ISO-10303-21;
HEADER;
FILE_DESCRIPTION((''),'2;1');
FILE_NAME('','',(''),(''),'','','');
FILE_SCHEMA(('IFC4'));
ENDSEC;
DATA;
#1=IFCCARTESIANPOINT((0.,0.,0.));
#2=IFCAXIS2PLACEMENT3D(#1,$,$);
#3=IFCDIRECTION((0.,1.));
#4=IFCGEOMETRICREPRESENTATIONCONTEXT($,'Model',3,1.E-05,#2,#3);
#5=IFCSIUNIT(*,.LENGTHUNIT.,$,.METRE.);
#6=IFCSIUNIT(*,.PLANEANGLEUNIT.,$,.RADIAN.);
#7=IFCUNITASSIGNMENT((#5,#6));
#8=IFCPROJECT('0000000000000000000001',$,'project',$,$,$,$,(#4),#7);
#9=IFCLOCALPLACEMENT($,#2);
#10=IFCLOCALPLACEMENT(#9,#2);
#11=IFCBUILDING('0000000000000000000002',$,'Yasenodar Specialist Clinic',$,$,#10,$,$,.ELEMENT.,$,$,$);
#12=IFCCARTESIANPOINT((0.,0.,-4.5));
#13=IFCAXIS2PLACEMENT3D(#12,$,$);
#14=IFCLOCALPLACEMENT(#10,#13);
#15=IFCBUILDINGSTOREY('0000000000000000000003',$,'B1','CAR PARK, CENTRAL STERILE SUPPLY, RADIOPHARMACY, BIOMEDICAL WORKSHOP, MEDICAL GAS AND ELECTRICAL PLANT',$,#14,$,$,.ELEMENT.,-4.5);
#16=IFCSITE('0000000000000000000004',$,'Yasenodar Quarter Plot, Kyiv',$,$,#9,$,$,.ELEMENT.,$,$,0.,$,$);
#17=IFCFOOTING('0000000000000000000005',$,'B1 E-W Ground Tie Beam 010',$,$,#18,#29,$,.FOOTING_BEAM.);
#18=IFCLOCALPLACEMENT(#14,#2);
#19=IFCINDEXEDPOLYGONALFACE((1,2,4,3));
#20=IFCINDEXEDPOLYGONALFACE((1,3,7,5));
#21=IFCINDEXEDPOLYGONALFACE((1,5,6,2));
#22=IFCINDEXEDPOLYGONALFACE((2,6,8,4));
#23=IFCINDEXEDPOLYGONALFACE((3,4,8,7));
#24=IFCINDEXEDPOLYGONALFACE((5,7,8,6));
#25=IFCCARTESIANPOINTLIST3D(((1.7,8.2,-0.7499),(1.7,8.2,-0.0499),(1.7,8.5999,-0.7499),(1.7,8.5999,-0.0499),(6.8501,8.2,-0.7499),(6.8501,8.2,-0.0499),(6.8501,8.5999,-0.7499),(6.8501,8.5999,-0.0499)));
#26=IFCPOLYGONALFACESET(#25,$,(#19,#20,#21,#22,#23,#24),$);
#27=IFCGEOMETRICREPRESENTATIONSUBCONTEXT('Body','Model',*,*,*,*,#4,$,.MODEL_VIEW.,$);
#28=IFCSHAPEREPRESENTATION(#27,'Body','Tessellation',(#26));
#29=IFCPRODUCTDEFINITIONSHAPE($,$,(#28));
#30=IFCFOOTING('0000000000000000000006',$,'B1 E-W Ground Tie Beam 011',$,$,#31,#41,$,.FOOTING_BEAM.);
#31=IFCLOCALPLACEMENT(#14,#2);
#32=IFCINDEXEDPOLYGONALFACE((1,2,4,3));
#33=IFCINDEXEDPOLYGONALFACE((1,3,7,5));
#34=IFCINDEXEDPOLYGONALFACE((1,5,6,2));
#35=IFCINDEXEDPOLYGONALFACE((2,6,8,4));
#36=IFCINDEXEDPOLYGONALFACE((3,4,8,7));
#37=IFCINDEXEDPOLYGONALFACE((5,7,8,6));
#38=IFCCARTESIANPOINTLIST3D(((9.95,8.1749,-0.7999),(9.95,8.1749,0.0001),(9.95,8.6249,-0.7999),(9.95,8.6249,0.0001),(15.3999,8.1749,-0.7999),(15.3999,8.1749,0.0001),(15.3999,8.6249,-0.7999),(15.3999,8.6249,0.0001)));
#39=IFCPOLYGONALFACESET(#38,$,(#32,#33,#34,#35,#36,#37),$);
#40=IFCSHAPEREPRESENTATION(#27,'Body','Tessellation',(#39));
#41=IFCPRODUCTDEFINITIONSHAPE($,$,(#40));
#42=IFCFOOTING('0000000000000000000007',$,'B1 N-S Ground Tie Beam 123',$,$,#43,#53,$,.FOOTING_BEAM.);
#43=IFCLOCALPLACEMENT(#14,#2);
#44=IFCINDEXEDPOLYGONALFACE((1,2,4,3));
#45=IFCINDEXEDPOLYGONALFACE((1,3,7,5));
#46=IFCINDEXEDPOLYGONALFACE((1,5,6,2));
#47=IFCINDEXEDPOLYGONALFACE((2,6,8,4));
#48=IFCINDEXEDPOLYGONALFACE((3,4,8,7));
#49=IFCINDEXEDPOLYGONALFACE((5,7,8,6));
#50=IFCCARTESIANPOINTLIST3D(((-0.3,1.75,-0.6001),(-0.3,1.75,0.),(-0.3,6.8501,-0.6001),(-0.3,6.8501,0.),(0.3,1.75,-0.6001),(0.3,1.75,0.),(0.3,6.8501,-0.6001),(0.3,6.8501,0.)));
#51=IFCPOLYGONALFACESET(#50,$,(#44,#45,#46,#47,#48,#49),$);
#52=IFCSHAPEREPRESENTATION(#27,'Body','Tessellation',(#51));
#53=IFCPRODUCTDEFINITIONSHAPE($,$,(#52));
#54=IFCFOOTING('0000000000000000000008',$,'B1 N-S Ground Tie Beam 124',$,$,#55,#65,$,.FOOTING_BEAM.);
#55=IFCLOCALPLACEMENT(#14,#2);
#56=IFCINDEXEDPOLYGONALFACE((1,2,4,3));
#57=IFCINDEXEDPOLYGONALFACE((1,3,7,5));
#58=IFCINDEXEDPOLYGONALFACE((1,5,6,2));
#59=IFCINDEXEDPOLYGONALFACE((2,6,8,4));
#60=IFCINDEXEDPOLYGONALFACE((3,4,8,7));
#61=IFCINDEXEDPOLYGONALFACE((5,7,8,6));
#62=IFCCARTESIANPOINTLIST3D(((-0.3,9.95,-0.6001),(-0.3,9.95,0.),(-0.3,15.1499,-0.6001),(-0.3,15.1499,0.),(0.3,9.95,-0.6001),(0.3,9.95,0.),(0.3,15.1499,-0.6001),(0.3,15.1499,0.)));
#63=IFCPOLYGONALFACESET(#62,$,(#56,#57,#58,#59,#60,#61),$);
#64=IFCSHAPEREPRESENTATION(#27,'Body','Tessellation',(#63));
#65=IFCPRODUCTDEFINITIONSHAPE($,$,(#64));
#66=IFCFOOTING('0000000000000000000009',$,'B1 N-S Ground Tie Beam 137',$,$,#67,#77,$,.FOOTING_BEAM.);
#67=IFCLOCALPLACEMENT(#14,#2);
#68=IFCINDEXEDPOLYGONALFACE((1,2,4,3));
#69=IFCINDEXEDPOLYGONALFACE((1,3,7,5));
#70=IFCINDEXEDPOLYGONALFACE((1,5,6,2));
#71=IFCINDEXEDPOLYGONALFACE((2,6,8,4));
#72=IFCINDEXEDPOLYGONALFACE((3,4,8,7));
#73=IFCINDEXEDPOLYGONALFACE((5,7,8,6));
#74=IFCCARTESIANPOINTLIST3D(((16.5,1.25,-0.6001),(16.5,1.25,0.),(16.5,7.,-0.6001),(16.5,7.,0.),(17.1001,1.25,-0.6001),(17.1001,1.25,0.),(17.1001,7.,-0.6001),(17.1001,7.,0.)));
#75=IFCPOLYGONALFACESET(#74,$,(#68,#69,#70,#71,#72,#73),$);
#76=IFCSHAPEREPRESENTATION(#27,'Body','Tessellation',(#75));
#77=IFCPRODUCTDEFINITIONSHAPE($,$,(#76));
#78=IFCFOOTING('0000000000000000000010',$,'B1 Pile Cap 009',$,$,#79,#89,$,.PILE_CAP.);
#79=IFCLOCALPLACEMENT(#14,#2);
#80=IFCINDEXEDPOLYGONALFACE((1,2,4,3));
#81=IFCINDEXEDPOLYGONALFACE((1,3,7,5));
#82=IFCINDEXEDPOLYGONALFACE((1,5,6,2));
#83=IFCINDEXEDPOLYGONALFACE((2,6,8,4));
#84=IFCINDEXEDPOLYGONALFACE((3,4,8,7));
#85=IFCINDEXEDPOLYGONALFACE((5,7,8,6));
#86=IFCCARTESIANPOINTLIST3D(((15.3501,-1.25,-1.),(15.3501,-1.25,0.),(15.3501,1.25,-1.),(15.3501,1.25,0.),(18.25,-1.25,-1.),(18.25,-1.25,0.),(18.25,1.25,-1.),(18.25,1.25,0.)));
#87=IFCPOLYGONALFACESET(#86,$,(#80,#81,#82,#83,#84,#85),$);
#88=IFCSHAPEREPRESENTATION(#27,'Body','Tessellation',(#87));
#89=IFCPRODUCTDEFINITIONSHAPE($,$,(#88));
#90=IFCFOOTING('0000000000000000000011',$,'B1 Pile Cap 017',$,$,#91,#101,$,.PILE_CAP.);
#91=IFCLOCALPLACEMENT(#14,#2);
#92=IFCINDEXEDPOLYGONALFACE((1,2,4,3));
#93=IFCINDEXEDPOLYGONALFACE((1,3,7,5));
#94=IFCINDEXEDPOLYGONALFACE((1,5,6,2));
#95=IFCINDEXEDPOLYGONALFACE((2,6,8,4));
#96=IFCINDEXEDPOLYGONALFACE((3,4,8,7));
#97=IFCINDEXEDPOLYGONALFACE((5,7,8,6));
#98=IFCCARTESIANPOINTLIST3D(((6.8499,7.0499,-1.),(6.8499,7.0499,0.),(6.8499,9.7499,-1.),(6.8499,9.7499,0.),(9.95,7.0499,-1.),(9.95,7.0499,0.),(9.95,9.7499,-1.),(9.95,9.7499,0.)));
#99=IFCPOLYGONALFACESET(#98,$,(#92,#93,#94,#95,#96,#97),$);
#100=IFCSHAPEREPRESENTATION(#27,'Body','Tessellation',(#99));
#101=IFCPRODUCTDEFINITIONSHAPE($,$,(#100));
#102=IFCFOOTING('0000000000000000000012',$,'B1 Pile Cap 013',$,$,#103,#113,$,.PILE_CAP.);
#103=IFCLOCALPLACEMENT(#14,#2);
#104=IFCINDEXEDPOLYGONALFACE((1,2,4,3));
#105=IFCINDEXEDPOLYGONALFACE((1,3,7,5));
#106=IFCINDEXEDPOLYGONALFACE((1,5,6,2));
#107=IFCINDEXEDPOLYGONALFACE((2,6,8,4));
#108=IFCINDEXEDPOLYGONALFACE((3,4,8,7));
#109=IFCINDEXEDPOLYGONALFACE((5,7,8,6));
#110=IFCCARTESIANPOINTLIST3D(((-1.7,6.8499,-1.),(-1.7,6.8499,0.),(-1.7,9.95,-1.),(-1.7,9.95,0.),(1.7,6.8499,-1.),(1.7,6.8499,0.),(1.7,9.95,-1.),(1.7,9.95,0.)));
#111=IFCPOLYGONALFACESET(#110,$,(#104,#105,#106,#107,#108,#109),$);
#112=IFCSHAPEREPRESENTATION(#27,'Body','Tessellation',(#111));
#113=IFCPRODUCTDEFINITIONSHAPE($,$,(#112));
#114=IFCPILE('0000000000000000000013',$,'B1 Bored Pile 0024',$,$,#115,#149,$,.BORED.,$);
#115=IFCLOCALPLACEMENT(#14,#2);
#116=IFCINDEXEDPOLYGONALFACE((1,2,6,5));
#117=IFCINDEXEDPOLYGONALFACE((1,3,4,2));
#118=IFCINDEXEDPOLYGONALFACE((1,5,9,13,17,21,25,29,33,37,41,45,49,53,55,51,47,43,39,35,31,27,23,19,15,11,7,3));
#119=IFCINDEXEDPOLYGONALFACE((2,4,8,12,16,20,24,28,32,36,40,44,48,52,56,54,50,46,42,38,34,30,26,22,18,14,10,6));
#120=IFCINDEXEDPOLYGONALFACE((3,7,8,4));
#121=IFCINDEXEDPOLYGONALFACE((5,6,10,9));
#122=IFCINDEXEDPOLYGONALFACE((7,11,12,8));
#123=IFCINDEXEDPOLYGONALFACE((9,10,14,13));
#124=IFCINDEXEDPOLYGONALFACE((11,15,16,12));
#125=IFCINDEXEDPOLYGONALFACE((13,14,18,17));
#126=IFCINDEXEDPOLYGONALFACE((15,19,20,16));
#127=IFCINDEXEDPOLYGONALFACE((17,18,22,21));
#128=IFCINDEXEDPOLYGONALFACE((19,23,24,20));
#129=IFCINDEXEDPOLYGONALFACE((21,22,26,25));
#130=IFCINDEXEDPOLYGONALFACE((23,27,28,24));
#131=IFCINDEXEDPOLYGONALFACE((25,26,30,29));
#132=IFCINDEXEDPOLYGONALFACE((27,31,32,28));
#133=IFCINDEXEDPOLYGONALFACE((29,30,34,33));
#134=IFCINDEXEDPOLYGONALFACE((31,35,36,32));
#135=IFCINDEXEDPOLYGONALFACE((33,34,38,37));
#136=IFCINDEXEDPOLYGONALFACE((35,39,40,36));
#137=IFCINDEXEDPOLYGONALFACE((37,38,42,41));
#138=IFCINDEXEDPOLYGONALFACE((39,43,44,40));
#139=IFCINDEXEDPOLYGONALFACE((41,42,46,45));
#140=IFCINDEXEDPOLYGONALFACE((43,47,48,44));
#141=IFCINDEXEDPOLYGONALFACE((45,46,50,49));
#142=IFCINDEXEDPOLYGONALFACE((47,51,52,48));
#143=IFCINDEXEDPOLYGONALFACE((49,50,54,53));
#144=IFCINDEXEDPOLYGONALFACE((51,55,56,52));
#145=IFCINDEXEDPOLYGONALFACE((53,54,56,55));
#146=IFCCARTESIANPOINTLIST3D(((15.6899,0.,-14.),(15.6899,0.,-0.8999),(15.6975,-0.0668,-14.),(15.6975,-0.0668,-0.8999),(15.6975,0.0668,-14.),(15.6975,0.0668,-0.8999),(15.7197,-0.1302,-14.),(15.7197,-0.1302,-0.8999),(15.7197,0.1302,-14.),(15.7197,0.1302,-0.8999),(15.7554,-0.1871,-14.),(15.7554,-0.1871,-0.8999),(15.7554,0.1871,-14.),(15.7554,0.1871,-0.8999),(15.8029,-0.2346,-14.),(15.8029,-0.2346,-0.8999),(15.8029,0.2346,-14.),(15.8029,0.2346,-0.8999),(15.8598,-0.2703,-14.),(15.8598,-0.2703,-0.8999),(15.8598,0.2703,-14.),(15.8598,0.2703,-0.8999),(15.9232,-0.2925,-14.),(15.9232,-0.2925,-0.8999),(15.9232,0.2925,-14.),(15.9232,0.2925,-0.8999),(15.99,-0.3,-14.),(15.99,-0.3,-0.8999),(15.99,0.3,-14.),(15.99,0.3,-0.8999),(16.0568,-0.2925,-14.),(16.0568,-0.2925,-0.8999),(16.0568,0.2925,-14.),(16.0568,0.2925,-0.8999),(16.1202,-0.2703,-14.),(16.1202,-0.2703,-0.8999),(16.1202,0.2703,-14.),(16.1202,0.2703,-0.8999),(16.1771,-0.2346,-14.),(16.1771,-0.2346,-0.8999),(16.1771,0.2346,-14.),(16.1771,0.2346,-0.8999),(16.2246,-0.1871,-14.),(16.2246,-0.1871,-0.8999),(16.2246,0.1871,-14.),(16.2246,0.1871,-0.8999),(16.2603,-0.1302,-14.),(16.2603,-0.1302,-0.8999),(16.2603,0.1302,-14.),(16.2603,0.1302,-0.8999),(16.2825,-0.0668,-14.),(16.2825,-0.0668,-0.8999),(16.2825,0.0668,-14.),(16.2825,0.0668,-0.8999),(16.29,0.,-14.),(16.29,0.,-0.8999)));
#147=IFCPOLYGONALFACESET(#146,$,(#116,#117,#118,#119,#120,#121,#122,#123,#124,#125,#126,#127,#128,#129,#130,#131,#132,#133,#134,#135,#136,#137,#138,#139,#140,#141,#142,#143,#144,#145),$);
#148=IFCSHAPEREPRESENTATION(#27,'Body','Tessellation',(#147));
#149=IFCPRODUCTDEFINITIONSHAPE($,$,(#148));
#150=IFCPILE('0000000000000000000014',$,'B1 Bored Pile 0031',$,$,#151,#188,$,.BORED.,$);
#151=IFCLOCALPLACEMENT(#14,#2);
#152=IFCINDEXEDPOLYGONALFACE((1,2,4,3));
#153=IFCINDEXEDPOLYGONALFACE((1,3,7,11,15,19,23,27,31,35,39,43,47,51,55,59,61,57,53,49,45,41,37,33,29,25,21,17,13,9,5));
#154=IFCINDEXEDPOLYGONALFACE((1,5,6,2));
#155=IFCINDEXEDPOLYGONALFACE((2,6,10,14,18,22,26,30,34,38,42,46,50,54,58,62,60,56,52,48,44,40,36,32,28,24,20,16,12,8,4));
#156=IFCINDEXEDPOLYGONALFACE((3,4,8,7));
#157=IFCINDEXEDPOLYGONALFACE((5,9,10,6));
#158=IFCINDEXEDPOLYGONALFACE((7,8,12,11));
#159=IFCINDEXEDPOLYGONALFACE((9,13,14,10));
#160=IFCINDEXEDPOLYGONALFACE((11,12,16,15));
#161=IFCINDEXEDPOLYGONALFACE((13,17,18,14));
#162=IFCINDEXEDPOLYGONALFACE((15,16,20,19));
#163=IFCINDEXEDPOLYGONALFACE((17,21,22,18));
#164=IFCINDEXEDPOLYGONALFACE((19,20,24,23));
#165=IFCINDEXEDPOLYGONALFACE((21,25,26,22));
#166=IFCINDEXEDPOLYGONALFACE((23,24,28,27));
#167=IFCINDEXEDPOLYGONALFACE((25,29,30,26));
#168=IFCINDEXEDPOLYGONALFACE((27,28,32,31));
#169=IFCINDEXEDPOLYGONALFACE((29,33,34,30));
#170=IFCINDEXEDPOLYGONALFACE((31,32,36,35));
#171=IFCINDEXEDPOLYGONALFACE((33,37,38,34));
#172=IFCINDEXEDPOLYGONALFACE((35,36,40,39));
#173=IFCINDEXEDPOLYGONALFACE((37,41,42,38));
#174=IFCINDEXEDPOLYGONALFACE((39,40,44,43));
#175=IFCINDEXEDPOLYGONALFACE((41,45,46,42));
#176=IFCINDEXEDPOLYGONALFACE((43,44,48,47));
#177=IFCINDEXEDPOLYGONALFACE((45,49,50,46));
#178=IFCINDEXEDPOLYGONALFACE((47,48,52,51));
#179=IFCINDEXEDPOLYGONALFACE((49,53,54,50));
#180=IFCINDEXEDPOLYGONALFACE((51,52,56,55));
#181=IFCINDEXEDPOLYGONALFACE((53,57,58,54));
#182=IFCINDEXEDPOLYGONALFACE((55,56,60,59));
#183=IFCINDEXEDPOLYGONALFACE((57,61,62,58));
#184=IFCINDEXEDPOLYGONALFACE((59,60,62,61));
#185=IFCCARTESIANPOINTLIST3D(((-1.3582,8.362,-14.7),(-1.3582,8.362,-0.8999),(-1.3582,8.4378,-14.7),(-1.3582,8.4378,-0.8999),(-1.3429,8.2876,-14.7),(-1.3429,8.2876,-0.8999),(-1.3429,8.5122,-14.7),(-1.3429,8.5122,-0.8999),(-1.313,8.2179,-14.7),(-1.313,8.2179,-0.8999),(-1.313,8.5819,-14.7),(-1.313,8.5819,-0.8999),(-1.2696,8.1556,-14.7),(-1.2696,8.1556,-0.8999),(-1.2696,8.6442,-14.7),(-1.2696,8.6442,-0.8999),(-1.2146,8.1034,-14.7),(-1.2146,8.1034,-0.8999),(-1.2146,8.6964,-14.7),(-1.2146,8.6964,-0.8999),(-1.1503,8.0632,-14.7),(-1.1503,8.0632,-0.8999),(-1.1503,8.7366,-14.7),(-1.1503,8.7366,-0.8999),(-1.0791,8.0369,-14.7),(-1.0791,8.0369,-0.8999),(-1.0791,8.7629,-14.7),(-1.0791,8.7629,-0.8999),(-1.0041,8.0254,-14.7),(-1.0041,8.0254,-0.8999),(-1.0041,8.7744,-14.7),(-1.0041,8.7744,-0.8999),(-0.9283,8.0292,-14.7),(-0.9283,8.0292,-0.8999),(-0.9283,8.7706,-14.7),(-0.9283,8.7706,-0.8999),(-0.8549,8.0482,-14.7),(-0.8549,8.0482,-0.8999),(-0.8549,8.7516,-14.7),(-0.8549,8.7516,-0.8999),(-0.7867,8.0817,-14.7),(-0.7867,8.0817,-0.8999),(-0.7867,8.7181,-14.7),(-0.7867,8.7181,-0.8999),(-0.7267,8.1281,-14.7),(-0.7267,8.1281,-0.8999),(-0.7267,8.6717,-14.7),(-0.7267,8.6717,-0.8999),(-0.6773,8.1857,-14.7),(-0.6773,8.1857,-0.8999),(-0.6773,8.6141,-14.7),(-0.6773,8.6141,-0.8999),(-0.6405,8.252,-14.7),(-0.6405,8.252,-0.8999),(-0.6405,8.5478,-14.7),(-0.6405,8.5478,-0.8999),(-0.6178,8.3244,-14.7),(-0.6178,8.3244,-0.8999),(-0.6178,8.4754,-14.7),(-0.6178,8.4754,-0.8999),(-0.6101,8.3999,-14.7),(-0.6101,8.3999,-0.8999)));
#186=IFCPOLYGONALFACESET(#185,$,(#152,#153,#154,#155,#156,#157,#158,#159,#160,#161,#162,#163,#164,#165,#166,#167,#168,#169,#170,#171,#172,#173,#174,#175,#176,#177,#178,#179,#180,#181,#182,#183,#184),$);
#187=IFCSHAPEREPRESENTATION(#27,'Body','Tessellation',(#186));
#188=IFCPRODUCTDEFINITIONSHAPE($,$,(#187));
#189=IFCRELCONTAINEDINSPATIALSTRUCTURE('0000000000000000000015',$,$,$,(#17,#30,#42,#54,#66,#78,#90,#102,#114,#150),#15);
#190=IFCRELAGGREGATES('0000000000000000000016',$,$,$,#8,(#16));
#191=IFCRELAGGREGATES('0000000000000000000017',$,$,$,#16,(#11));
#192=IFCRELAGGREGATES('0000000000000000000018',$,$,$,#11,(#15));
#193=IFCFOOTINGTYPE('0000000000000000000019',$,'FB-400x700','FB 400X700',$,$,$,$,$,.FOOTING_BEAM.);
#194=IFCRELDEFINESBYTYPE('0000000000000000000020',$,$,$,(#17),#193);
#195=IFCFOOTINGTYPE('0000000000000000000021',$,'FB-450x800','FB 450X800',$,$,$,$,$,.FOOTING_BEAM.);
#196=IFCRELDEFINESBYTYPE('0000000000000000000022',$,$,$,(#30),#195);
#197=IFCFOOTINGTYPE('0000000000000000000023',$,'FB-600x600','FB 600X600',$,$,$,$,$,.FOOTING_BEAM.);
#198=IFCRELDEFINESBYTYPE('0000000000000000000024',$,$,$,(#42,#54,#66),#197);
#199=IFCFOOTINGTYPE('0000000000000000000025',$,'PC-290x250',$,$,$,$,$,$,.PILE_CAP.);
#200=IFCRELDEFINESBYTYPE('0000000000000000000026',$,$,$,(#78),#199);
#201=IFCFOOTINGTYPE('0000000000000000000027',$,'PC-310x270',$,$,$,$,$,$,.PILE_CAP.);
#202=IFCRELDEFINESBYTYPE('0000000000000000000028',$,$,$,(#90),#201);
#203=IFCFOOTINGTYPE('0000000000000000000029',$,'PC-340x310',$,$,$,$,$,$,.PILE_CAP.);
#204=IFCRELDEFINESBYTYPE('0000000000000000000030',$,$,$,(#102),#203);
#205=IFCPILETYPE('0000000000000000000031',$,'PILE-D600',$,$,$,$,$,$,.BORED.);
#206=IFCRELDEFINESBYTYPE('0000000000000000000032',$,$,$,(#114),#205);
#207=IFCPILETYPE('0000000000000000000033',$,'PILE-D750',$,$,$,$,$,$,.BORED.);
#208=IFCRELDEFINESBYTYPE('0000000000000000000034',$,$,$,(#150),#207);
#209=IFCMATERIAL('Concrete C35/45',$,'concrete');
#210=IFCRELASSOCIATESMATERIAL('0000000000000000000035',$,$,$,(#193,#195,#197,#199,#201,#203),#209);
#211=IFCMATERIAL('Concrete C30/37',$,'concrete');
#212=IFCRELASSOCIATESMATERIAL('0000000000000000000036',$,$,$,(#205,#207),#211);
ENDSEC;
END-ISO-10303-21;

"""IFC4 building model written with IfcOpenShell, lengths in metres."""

from ifc_helpers import new_model, si_unit, direction, frame, origin, origin_2d, place, context, subcontext, project, spatial, rectangle, circle, extrude, material, material_profile, profile_set, type_object, element, save


model = new_model("IFC4")

# Units and contexts
model_context = context("Model", 3, precision=1e-05, world=origin(), true_north=direction((0.0, 1.0)))
body_context = subcontext(model_context, "Body", "Model", "MODEL_VIEW")
ifc_project = project(units=[si_unit("LENGTHUNIT", "METRE"), si_unit("PLANEANGLEUNIT", "RADIAN")], contexts=[model_context])

# Site, building, storey
site_placement = place(None, origin())
site = spatial("IfcSite", under=ifc_project, at=site_placement, Name="Yasenodar Quarter Plot, Kyiv", CompositionType="ELEMENT", RefElevation=0.0)
building_placement = place(site_placement, origin())
building = spatial("IfcBuilding", under=site, at=building_placement, Name="Yasenodar Specialist Clinic", CompositionType="ELEMENT")
storey_placement = place(building_placement, frame((0.0, 0.0, -4.5)))
storey = spatial("IfcBuildingStorey", under=building, at=storey_placement, Name="B1", Description="CAR PARK, CENTRAL STERILE SUPPLY, RADIOPHARMACY, BIOMEDICAL WORKSHOP, MEDICAL GAS AND ELECTRICAL PLANT", CompositionType="ELEMENT", Elevation=-4.5)

# Footings
ifc_material_1 = material(Name="Concrete C35/45", Category="concrete")
ifc_material_profile_1 = material_profile(ifc_material_1, rectangle(XDim=0.3999, YDim=0.7, at=origin_2d()), Name="RC 400x700")
ifc_profile_set_1 = profile_set([ifc_material_profile_1], Name="Concrete C35/45")
footing_type_1 = type_object("IfcFootingType", Name="FB-400x700", Description="FB 400X700", PredefinedType="FOOTING_BEAM", material=ifc_profile_set_1)
footing_1_placement = place(storey_placement, frame((1.7, 8.3999, -0.3999), z_axis=(1.0, 0.0, 0.0), x_axis=(0.0, 1.0, 0.0)))
element("IfcFooting", 1, at=footing_1_placement, inside=storey, type_object=footing_type_1, Name="B1 E-W Ground Tie Beam 010", PredefinedType="FOOTING_BEAM", context=body_context, shape_type="SweptSolid", body=[
    extrude(rectangle(XDim=0.3999, YDim=0.7, at=origin_2d()), origin(), (0.0, 0.0, 1.0), 5.1501),
])
ifc_material_profile_2 = material_profile(ifc_material_1, rectangle(XDim=0.45, YDim=0.8, at=origin_2d()), Name="RC 450x800")
ifc_profile_set_2 = profile_set([ifc_material_profile_2], Name="Concrete C35/45")
footing_type_2 = type_object("IfcFootingType", Name="FB-450x800", Description="FB 450X800", PredefinedType="FOOTING_BEAM", material=ifc_profile_set_2)
footing_2_placement = place(storey_placement, frame((9.95, 8.3999, -0.3999), z_axis=(1.0, 0.0, 0.0), x_axis=(0.0, 1.0, 0.0)))
element("IfcFooting", 2, at=footing_2_placement, inside=storey, type_object=footing_type_2, Name="B1 E-W Ground Tie Beam 011", PredefinedType="FOOTING_BEAM", context=body_context, shape_type="SweptSolid", body=[
    extrude(rectangle(XDim=0.45, YDim=0.8, at=origin_2d()), origin(), (0.0, 0.0, 1.0), 5.45),
])
ifc_material_profile_3 = material_profile(ifc_material_1, rectangle(XDim=0.6001, YDim=0.6001, at=origin_2d()), Name="RC 600x600")
ifc_profile_set_3 = profile_set([ifc_material_profile_3], Name="Concrete C35/45")
footing_type_3 = type_object("IfcFootingType", Name="FB-600x600", Description="FB 600X600", PredefinedType="FOOTING_BEAM", material=ifc_profile_set_3)
footing_3_placement = place(storey_placement, frame((0.0, 1.75, -0.3), z_axis=(0.0, 1.0, 0.0), x_axis=(-1.0, 0.0, 0.0)))
element("IfcFooting", 3, at=footing_3_placement, inside=storey, type_object=footing_type_3, Name="B1 N-S Ground Tie Beam 123", PredefinedType="FOOTING_BEAM", context=body_context, shape_type="SweptSolid", body=[
    extrude(rectangle(XDim=0.6001, YDim=0.6001, at=origin_2d()), origin(), (0.0, 0.0, 1.0), 5.1001),
])
footing_4_placement = place(storey_placement, frame((0.0, 9.95, -0.3), z_axis=(0.0, 1.0, 0.0), x_axis=(-1.0, 0.0, 0.0)))
element("IfcFooting", 4, at=footing_4_placement, inside=storey, type_object=footing_type_3, Name="B1 N-S Ground Tie Beam 124", PredefinedType="FOOTING_BEAM", context=body_context, shape_type="SweptSolid", body=[
    extrude(rectangle(XDim=0.6001, YDim=0.6001, at=origin_2d()), origin(), (0.0, 0.0, 1.0), 5.2),
])
footing_5_placement = place(storey_placement, frame((16.8, 1.25, -0.3), z_axis=(0.0, 1.0, 0.0), x_axis=(-1.0, 0.0, 0.0)))
element("IfcFooting", 5, at=footing_5_placement, inside=storey, type_object=footing_type_3, Name="B1 N-S Ground Tie Beam 137", PredefinedType="FOOTING_BEAM", context=body_context, shape_type="SweptSolid", body=[
    extrude(rectangle(XDim=0.6001, YDim=0.6001, at=origin_2d()), origin(), (0.0, 0.0, 1.0), 5.75),
])
footing_type_4 = type_object("IfcFootingType", Name="PC-290x250", PredefinedType="PILE_CAP", material=ifc_material_1)
footing_6_placement = place(storey_placement, frame((16.8, 0.0, -1.0), z_axis=(0.0, 0.0, 1.0), x_axis=(1.0, 0.0, 0.0)))
element("IfcFooting", 6, at=footing_6_placement, inside=storey, type_object=footing_type_4, Name="B1 Pile Cap 009", PredefinedType="PILE_CAP", context=body_context, shape_type="SweptSolid", body=[
    extrude(rectangle(XDim=2.8999, YDim=2.5, at=origin_2d()), origin(), (0.0, 0.0, 1.0), 1.0),
])
footing_type_5 = type_object("IfcFootingType", Name="PC-310x270", PredefinedType="PILE_CAP", material=ifc_material_1)
footing_7_placement = place(storey_placement, frame((8.3999, 8.3999, -1.0), z_axis=(0.0, 0.0, 1.0), x_axis=(1.0, 0.0, 0.0)))
element("IfcFooting", 7, at=footing_7_placement, inside=storey, type_object=footing_type_5, Name="B1 Pile Cap 017", PredefinedType="PILE_CAP", context=body_context, shape_type="SweptSolid", body=[
    extrude(rectangle(XDim=3.1001, YDim=2.7, at=origin_2d()), origin(), (0.0, 0.0, 1.0), 1.0),
])
footing_type_6 = type_object("IfcFootingType", Name="PC-340x310", PredefinedType="PILE_CAP", material=ifc_material_1)
footing_8_placement = place(storey_placement, frame((0.0, 8.3999, -1.0), z_axis=(0.0, 0.0, 1.0), x_axis=(1.0, 0.0, 0.0)))
element("IfcFooting", 8, at=footing_8_placement, inside=storey, type_object=footing_type_6, Name="B1 Pile Cap 013", PredefinedType="PILE_CAP", context=body_context, shape_type="SweptSolid", body=[
    extrude(rectangle(XDim=3.3999, YDim=3.1001, at=origin_2d()), origin(), (0.0, 0.0, 1.0), 1.0),
])

# Piles
ifc_material_2 = material(Name="Concrete C30/37", Category="concrete")
ifc_material_profile_4 = material_profile(ifc_material_2, circle(Radius=0.3, at=origin_2d()), Name="PILE D600")
ifc_profile_set_4 = profile_set([ifc_material_profile_4], Name="Concrete C30/37")
pile_type_1 = type_object("IfcPileType", Name="PILE-D600", PredefinedType="BORED", material=ifc_profile_set_4)
pile_placement = place(storey_placement, frame((15.99, 0.0, -0.8999), z_axis=(0.0, 0.0, -1.0), x_axis=(1.0, 0.0, 0.0)))
element("IfcPile", 9, at=pile_placement, inside=storey, type_object=pile_type_1, Name="B1 Bored Pile 0024", PredefinedType="BORED", context=body_context, shape_type="SweptSolid", body=[
    extrude(circle(Radius=0.3, at=origin_2d()), origin(), (0.0, 0.0, 1.0), 13.1001),
])
ifc_material_profile_5 = material_profile(ifc_material_2, circle(Radius=0.375, at=origin_2d()), Name="PILE D750")
ifc_profile_set_5 = profile_set([ifc_material_profile_5], Name="Concrete C30/37")
pile_type_2 = type_object("IfcPileType", Name="PILE-D750", PredefinedType="BORED", material=ifc_profile_set_5)
for number, where, z_axis, x_axis, name in (
    (10, (-0.9851, 8.3999, -0.8999), (0.0, 0.0, -1.0), (1.0, 0.0, 0.0), "B1 Bored Pile 0031"),
):
    element("IfcPile", number, at=place(storey_placement, frame(where, z_axis=z_axis, x_axis=x_axis)), inside=storey, type_object=pile_type_2, Name=name, PredefinedType="BORED", context=body_context, shape_type="SweptSolid", body=[
        extrude(circle(Radius=0.375, at=origin_2d()), origin(), (0.0, 0.0, 1.0), 13.8),
    ])

save(model, "model.ifc")
